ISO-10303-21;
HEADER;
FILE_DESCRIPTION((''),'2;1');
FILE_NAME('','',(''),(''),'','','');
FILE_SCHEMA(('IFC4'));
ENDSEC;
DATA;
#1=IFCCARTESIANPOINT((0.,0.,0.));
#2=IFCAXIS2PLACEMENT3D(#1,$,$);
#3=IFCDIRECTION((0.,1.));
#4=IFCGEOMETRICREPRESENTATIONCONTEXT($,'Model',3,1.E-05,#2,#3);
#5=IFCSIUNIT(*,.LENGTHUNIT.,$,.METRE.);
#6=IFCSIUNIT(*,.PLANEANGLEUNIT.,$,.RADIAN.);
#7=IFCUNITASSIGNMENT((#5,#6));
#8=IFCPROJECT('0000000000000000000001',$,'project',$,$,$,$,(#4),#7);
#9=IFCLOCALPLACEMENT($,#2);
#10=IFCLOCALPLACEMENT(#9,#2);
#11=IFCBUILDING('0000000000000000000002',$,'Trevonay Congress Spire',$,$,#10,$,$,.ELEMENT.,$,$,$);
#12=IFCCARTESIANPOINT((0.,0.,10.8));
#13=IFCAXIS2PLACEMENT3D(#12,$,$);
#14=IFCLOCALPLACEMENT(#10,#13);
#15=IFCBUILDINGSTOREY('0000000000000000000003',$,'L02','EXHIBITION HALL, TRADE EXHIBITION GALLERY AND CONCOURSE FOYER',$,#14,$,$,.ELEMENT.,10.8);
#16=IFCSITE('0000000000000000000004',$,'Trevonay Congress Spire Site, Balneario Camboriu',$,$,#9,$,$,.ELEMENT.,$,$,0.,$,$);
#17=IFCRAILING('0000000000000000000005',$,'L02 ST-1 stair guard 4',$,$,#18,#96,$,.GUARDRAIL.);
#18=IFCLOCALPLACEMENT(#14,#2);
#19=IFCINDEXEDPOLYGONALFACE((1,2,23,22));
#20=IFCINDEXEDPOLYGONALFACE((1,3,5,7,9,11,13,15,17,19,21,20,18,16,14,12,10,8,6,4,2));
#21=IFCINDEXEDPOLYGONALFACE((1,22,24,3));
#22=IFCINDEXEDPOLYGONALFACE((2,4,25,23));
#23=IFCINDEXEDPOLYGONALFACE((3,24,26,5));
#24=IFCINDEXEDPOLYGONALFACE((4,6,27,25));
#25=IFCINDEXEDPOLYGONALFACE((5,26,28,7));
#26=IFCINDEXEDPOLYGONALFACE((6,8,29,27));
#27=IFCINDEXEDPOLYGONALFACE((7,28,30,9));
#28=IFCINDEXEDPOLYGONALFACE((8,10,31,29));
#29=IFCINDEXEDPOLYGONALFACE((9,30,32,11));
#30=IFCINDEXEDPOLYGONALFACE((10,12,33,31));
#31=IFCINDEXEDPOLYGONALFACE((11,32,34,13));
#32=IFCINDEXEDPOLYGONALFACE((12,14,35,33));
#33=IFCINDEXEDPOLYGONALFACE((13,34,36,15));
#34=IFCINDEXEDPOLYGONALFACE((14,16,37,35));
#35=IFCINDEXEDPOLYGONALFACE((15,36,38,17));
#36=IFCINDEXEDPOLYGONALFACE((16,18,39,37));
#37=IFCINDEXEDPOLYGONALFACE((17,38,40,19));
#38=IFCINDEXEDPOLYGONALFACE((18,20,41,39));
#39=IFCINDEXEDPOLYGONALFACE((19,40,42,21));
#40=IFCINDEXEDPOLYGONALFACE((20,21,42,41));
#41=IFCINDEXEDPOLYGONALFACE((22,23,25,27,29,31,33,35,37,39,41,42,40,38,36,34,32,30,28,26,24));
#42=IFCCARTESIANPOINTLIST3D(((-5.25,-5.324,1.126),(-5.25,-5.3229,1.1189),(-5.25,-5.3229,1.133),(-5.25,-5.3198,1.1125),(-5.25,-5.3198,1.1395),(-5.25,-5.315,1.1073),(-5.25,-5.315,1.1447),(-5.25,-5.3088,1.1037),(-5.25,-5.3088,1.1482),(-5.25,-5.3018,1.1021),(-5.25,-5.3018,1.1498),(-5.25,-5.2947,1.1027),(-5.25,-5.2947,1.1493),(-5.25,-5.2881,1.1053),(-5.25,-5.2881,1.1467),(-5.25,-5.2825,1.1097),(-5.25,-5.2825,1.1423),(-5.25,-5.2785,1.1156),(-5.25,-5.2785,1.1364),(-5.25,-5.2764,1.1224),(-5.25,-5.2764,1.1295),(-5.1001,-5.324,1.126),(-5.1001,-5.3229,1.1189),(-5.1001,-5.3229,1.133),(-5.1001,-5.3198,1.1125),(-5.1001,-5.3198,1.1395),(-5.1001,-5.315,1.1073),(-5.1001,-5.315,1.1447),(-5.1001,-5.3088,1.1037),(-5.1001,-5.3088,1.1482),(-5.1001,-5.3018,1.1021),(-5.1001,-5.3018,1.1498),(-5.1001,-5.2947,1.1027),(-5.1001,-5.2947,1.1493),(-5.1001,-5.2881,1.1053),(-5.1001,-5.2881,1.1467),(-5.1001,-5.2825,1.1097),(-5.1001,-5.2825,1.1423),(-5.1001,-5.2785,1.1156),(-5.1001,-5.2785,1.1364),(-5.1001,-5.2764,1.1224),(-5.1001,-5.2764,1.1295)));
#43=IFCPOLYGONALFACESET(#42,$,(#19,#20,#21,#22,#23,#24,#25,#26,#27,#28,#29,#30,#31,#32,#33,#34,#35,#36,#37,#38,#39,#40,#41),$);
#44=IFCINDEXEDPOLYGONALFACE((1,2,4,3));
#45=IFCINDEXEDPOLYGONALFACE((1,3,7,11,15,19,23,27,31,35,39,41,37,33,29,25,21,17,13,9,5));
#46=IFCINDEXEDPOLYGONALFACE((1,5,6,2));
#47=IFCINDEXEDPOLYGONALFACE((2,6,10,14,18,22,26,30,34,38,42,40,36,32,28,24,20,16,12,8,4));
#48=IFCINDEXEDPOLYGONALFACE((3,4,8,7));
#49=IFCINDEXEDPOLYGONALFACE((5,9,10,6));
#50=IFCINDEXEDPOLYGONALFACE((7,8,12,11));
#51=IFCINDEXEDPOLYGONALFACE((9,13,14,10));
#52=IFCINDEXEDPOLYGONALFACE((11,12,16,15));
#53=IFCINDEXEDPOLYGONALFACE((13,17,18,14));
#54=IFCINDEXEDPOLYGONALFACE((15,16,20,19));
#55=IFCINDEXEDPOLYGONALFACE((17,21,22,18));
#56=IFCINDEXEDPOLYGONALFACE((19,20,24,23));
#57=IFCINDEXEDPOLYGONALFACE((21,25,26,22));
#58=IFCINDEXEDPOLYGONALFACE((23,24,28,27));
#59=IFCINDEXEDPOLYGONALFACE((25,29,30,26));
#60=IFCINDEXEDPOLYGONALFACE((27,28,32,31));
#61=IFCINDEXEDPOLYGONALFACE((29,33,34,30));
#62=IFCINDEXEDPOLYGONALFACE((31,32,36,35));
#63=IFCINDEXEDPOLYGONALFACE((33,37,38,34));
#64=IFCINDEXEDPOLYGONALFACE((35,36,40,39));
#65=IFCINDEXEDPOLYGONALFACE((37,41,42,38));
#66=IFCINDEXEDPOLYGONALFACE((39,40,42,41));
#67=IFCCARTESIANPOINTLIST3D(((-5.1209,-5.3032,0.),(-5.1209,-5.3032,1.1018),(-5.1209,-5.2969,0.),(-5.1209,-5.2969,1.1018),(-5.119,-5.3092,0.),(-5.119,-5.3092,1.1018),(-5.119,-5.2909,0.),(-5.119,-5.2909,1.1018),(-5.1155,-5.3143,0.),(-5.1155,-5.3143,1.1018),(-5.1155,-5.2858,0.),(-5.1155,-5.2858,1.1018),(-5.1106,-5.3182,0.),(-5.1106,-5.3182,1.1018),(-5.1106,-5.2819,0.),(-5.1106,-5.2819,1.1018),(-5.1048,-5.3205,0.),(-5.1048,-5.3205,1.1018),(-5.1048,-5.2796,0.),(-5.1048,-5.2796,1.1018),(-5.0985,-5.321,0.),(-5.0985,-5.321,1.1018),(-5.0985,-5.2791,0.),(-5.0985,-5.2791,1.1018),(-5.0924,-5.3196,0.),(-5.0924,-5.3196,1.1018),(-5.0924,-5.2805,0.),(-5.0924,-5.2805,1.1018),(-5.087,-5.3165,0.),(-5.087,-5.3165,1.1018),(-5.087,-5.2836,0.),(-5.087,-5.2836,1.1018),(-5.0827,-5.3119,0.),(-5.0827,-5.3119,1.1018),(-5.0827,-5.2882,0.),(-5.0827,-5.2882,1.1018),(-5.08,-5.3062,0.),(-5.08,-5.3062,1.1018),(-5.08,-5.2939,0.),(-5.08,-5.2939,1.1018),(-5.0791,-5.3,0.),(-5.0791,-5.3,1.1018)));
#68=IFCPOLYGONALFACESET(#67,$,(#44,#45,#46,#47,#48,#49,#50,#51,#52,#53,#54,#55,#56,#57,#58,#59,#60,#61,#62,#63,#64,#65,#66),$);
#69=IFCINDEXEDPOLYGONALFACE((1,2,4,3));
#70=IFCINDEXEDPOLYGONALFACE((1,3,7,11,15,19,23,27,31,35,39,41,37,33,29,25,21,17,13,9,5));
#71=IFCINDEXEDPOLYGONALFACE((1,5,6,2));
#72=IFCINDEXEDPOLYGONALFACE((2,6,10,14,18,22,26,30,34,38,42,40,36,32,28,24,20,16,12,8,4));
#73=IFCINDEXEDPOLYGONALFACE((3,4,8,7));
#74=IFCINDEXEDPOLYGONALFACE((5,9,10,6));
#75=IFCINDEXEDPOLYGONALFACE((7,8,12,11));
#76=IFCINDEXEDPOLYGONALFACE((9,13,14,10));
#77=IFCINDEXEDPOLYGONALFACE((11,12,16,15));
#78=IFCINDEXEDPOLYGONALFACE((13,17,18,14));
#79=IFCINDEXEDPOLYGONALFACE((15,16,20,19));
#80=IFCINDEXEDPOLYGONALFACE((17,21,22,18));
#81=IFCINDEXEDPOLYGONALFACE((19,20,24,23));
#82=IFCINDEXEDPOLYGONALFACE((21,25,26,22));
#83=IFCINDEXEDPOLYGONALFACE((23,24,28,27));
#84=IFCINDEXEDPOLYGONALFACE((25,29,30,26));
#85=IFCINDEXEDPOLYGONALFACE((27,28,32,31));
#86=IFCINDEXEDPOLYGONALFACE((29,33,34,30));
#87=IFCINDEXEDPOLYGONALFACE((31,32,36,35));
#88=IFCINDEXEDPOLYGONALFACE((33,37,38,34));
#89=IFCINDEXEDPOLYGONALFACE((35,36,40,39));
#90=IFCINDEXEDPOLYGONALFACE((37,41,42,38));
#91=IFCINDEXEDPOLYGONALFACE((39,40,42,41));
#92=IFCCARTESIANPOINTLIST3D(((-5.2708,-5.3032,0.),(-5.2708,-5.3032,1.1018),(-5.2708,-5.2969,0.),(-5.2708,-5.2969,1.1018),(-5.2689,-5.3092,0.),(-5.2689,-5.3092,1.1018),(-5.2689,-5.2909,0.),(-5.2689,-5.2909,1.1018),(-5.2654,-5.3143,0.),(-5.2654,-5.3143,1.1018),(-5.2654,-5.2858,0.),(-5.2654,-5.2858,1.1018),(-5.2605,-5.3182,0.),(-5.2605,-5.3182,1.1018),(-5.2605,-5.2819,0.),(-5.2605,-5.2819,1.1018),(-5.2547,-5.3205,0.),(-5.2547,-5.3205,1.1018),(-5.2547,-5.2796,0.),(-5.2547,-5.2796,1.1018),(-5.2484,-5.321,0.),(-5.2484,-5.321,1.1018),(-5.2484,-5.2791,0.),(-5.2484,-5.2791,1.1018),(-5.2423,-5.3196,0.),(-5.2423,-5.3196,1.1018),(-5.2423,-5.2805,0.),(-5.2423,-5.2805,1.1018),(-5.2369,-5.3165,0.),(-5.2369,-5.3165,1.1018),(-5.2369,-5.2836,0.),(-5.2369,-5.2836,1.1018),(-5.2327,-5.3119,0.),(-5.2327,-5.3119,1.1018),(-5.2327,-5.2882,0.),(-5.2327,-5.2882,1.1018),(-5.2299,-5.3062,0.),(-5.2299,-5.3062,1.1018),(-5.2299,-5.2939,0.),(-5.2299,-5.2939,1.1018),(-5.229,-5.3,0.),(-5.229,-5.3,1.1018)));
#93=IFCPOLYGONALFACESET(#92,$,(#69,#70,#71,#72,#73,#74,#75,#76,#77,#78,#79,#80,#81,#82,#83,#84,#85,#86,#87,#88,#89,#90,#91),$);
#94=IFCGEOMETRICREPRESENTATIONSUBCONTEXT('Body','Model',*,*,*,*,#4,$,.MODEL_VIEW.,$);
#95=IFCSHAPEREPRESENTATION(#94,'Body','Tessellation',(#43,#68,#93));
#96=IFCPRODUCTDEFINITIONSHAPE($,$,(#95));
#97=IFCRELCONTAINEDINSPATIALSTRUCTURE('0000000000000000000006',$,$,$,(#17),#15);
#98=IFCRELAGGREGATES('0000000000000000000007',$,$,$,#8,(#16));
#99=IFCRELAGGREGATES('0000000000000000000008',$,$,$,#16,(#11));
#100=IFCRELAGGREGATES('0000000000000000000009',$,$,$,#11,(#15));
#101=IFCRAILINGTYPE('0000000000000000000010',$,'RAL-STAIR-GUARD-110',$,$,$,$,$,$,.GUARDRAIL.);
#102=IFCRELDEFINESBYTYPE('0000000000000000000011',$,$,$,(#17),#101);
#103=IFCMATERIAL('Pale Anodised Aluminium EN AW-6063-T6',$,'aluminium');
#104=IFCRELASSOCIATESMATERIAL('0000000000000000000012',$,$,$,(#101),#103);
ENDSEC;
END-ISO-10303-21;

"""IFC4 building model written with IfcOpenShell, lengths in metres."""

from ifc_helpers import new_model, si_unit, direction, frame, origin, origin_2d, place, context, subcontext, project, spatial, circle, extrude, material, type_object, element, save


model = new_model("IFC4")

# Units and contexts
model_context = context("Model", 3, precision=1e-05, world=origin(), true_north=direction((0.0, 1.0)))
body_context = subcontext(model_context, "Body", "Model", "MODEL_VIEW")
ifc_project = project(units=[si_unit("LENGTHUNIT", "METRE"), si_unit("PLANEANGLEUNIT", "RADIAN")], contexts=[model_context])

# Site, building, storey
site_placement = place(None, origin())
site = spatial("IfcSite", under=ifc_project, at=site_placement, Name="Trevonay Congress Spire Site, Balneario Camboriu", CompositionType="ELEMENT", RefElevation=0.0)
building_placement = place(site_placement, origin())
building = spatial("IfcBuilding", under=site, at=building_placement, Name="Trevonay Congress Spire", CompositionType="ELEMENT")
storey_placement = place(building_placement, frame((0.0, 0.0, 10.8)))
storey = spatial("IfcBuildingStorey", under=building, at=storey_placement, Name="L02", Description="EXHIBITION HALL, TRADE EXHIBITION GALLERY AND CONCOURSE FOYER", CompositionType="ELEMENT", Elevation=10.8)

# Shared definitions
ifc_material_1 = material(Name="Pale Anodised Aluminium EN AW-6063-T6", Category="aluminium")

# Railing
railing_type_1 = type_object("IfcRailingType", Name="RAL-STAIR-GUARD-110", PredefinedType="GUARDRAIL", material=ifc_material_1)
railing_1_placement = place(storey_placement, frame((-5.1001, -5.3, 0.0)))
element("IfcRailing", 1, at=railing_1_placement, inside=storey, type_object=railing_type_1, Name="L02 ST-1 stair guard 4", PredefinedType="GUARDRAIL", context=body_context, shape_type="SweptSolid", body=[
    extrude(circle(Radius=0.0239, at=origin_2d()), frame((0.0, 0.0, 1.126), z_axis=(-1.0, 0.0, 0.0), x_axis=(0.0, -1.0, 0.0)), (0.0, 0.0, 1.0), 0.1499),
    extrude(circle(Radius=0.021, at=origin_2d()), origin(), (0.0, 0.0, 1.0), 1.1018),
    extrude(circle(Radius=0.021, at=origin_2d()), frame((-0.1499, 0.0, 0.0)), (0.0, 0.0, 1.0), 1.1018),
])

save(model, "model.ifc")
